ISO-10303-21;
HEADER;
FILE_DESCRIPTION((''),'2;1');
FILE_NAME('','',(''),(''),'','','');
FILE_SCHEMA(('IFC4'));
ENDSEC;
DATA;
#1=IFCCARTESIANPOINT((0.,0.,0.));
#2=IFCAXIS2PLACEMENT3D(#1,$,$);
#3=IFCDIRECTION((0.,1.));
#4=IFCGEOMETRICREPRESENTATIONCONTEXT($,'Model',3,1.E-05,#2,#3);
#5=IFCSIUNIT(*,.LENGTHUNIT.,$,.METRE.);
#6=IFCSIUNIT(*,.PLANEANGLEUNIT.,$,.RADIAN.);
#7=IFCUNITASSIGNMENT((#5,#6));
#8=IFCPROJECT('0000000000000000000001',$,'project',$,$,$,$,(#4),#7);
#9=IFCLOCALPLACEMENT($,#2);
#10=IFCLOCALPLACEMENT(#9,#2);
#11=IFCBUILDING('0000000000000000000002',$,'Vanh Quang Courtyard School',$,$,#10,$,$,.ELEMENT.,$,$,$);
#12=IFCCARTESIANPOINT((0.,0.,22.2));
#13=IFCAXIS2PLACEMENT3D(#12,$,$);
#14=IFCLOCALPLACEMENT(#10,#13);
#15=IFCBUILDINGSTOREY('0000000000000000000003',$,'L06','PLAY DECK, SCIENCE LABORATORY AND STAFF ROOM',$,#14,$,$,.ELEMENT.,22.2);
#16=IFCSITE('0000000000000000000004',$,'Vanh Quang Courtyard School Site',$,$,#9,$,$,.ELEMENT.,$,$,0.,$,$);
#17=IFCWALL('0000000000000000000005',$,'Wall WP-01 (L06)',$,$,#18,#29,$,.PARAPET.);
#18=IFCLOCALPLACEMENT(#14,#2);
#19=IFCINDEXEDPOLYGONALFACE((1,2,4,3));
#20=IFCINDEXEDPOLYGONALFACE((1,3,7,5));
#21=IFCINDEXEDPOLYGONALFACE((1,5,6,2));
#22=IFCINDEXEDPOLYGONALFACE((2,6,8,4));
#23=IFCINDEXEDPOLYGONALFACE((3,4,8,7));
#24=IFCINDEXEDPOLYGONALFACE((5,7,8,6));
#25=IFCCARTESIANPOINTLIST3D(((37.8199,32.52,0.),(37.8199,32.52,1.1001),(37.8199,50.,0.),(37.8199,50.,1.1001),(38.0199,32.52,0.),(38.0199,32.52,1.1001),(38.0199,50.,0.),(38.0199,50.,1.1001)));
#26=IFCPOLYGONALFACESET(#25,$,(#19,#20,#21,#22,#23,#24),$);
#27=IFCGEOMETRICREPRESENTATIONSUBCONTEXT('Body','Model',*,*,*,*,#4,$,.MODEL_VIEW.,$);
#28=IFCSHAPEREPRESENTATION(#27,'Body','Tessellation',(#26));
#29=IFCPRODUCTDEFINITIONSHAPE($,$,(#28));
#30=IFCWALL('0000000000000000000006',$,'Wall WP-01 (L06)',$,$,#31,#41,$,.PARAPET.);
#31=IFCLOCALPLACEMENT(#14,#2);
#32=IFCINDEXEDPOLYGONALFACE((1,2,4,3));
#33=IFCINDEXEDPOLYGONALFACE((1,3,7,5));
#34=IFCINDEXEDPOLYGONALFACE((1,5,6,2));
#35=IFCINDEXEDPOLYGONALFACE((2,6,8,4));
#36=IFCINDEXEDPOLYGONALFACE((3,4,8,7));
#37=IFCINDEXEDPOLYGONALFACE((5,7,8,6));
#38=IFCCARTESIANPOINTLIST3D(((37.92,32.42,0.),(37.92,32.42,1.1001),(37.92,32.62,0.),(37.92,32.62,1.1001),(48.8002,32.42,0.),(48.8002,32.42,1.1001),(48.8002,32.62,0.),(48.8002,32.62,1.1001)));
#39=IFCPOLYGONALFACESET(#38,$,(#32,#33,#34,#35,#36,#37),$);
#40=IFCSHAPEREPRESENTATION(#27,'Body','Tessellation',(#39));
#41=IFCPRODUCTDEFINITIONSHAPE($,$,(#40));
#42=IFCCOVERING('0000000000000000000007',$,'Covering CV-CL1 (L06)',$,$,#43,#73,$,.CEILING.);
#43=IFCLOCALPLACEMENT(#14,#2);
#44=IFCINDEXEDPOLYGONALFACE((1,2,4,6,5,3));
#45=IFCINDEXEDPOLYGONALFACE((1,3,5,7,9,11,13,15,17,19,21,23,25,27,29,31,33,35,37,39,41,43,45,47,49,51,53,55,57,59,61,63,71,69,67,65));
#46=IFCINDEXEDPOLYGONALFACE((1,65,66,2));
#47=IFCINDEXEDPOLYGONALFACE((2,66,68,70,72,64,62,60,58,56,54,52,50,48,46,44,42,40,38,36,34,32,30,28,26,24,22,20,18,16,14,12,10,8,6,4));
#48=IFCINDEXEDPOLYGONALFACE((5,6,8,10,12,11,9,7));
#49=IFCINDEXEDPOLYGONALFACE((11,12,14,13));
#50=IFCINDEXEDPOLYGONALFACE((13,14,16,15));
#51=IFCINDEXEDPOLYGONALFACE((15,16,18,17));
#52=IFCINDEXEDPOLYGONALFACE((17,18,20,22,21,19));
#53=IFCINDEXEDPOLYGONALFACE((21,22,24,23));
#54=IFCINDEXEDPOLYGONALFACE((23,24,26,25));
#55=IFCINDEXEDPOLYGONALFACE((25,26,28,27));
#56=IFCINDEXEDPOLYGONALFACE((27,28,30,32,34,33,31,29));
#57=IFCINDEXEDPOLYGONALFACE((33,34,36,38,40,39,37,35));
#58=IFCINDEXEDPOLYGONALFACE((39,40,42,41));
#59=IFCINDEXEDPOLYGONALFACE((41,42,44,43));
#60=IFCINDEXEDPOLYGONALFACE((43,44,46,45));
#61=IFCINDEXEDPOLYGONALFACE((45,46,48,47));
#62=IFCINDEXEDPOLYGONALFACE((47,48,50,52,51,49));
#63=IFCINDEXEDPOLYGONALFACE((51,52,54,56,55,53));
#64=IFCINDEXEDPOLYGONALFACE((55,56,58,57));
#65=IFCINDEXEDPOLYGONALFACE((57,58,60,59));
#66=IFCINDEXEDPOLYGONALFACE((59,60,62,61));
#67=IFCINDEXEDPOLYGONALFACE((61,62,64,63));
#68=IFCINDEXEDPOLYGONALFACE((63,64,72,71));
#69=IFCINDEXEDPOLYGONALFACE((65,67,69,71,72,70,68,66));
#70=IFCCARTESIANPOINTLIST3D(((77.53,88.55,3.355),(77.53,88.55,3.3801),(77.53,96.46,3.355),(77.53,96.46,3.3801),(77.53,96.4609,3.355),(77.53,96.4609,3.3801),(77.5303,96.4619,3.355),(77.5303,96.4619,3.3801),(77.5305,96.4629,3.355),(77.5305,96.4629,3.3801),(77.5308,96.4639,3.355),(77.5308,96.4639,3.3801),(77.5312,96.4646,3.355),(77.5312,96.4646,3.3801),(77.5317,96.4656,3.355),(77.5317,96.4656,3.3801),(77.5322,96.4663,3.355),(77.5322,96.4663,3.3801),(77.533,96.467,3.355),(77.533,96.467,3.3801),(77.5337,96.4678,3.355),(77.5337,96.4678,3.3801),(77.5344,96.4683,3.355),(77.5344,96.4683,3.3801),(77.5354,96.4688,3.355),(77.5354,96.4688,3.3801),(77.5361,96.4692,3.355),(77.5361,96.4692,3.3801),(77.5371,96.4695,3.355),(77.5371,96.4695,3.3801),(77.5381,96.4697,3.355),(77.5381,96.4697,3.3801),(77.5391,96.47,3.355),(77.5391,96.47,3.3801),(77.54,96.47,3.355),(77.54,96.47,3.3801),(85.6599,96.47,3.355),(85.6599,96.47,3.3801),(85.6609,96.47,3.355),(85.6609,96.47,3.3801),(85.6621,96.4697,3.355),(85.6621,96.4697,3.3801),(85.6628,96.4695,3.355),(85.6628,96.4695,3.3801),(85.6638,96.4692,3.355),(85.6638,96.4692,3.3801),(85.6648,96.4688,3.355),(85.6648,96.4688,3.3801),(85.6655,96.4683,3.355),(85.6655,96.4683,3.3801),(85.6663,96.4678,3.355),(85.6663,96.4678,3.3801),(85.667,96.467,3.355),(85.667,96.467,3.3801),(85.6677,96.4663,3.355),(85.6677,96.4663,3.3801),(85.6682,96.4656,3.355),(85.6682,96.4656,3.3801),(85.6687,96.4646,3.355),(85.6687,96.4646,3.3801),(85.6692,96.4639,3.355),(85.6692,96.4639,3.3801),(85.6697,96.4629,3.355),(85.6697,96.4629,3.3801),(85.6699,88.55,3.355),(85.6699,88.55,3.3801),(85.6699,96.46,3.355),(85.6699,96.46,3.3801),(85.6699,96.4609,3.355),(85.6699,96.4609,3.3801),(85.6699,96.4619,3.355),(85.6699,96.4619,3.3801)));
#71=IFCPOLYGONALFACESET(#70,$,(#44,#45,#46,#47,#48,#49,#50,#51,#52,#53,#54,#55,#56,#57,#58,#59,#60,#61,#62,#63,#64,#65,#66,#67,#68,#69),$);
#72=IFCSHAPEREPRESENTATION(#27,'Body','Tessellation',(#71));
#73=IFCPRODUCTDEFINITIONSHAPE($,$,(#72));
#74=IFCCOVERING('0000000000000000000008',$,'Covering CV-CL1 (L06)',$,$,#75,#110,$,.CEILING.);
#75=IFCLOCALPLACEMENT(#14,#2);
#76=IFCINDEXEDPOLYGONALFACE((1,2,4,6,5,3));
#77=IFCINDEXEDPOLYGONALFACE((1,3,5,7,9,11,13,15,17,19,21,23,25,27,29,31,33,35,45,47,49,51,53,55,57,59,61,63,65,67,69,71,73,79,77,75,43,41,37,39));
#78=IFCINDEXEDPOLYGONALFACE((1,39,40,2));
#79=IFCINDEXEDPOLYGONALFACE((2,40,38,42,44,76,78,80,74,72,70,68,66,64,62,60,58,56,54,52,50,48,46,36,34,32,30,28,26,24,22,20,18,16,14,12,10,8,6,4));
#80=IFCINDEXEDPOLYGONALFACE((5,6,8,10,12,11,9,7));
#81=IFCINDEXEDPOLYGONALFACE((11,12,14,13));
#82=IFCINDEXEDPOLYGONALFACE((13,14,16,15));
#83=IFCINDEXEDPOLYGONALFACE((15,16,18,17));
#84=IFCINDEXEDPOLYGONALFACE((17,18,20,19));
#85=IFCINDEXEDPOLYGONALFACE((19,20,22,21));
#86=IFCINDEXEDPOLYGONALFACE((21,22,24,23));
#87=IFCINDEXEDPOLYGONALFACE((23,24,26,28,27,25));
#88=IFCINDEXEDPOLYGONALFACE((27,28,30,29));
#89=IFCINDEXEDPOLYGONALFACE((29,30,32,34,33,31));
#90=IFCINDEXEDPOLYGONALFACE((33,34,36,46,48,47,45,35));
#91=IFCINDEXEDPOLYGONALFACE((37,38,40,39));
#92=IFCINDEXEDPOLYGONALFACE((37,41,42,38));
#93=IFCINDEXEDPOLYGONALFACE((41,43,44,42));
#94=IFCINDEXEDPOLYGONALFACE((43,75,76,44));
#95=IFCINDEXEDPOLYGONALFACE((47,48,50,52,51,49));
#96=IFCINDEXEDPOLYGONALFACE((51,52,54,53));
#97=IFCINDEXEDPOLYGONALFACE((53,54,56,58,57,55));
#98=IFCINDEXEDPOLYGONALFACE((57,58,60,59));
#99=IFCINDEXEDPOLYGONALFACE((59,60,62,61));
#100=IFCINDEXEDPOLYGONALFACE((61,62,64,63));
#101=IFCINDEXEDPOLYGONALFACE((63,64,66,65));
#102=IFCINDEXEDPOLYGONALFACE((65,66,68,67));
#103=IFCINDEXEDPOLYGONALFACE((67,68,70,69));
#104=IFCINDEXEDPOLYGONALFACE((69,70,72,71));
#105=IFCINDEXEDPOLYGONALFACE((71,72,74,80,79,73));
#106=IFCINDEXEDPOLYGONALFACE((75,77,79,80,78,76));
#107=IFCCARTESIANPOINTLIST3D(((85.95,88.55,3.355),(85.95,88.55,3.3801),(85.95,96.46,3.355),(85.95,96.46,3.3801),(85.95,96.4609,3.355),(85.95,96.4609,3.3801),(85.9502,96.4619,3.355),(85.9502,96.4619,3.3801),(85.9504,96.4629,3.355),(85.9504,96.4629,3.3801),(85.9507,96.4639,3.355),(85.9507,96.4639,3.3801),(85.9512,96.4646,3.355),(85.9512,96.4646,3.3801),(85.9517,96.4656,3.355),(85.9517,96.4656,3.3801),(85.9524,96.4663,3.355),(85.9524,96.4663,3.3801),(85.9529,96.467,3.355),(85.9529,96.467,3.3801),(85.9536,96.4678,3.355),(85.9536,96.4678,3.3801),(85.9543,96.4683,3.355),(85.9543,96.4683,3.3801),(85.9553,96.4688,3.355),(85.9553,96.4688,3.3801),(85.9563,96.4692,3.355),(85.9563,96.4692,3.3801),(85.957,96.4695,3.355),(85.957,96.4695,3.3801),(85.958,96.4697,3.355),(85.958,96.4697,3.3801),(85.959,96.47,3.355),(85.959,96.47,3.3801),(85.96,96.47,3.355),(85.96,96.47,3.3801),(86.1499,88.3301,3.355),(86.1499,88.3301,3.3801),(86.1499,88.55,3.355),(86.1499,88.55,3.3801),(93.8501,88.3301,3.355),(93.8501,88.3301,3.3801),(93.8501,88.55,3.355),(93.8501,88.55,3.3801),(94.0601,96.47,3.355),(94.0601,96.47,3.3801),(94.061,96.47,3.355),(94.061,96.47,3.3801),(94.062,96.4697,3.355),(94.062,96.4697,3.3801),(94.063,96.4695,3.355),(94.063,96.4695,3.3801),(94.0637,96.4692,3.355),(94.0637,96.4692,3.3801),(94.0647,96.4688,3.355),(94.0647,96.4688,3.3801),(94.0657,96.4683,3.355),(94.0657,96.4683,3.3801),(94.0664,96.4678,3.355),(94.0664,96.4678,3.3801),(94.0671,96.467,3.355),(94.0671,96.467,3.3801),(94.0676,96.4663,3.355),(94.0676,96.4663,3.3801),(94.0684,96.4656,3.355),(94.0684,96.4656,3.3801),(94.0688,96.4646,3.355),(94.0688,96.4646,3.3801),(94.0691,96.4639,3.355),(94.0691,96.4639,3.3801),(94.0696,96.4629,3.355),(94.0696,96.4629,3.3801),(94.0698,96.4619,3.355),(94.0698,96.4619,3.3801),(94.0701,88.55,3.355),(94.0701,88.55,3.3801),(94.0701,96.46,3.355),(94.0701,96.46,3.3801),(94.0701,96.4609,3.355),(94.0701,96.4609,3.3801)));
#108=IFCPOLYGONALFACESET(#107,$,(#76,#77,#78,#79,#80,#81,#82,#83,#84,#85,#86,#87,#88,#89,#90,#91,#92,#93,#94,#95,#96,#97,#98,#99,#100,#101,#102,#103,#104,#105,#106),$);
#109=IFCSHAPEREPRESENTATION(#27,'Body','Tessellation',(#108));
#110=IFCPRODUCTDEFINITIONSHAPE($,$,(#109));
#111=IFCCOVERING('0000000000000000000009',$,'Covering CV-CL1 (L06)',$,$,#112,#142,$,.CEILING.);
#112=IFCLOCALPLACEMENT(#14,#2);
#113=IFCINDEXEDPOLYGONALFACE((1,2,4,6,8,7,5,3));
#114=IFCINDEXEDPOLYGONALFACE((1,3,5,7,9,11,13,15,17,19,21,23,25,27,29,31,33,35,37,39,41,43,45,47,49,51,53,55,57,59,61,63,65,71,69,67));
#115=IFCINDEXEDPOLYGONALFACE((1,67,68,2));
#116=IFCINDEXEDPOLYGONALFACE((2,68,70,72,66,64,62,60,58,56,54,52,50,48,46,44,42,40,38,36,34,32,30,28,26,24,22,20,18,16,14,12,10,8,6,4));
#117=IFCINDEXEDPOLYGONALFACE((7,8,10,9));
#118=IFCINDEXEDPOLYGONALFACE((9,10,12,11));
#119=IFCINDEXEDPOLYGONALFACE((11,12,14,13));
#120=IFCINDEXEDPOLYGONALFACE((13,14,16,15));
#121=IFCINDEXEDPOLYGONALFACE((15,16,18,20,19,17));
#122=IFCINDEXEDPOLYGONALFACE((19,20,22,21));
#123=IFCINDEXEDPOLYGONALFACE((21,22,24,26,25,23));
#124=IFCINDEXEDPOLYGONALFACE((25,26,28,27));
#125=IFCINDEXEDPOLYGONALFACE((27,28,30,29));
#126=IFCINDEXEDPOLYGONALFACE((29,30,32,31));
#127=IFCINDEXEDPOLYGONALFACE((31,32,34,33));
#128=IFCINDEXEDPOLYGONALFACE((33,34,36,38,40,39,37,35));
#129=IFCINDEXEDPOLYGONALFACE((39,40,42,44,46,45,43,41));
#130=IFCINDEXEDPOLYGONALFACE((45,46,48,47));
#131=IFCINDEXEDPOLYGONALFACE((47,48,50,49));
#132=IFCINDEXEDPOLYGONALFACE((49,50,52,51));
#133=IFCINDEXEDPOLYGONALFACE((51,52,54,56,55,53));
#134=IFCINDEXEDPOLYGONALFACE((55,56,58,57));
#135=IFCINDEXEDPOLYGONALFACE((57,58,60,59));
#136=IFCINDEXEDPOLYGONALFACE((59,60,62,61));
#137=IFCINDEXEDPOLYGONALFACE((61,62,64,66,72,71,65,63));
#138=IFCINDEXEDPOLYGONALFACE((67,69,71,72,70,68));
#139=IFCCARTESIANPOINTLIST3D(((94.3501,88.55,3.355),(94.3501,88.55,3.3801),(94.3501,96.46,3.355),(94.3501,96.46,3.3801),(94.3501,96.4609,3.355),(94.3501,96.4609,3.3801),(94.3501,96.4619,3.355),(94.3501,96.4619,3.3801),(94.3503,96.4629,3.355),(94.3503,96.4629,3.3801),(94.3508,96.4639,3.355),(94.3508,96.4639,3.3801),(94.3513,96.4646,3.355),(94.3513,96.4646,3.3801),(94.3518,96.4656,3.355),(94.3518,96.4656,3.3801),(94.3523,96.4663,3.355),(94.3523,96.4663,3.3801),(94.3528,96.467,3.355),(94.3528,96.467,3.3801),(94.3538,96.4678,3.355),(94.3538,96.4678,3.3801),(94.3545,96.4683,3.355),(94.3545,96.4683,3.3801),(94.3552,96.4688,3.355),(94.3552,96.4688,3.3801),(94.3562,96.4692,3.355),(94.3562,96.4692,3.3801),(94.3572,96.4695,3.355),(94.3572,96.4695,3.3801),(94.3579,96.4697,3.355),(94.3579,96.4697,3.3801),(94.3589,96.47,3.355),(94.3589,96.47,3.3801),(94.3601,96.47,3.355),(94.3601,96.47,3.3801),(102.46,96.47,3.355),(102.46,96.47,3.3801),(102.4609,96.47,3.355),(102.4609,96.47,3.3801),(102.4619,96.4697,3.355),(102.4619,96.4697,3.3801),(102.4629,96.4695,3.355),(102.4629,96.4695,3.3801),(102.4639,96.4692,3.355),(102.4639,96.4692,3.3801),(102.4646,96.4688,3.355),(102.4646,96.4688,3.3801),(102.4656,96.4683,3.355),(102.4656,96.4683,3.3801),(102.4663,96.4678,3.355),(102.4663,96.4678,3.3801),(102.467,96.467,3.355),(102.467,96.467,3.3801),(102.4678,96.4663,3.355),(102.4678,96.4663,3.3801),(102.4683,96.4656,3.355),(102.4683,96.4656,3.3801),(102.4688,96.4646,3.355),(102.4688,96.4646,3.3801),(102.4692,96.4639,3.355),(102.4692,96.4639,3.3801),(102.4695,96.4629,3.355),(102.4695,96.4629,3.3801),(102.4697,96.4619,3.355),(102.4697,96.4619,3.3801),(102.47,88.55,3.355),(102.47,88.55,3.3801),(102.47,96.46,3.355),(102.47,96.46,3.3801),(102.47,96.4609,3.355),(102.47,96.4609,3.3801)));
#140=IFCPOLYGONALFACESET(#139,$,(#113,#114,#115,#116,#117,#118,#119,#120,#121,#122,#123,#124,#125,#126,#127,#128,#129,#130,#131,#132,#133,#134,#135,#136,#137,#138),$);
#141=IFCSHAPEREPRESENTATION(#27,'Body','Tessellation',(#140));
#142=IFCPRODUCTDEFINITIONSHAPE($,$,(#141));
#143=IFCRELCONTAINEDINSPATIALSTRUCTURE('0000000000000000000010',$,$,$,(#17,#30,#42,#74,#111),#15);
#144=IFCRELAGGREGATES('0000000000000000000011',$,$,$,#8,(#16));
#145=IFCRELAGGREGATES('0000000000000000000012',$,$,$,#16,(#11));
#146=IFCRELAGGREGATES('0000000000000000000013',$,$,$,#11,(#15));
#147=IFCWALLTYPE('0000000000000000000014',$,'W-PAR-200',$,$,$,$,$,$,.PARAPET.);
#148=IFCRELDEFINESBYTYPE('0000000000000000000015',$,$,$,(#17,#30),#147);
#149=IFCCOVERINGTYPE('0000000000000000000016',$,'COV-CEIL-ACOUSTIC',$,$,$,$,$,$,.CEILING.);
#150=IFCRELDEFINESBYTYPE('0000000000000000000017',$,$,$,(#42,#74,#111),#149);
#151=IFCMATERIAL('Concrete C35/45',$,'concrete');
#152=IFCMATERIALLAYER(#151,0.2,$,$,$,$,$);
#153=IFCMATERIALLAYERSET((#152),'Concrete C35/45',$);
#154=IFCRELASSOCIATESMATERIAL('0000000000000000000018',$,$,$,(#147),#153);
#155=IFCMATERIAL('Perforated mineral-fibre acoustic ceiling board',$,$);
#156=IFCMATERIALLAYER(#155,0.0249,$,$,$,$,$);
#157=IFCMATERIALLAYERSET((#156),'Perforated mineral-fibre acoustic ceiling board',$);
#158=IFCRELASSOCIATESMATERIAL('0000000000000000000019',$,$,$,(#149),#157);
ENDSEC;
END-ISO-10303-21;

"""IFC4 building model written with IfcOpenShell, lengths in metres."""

from ifc_helpers import new_model, si_unit, direction, frame, frame_2d, origin, place, context, subcontext, project, spatial, polyline, rectangle, outline, extrude, material, layer, layer_set, type_object, element, save


model = new_model("IFC4")

# Units and contexts
model_context = context("Model", 3, precision=1e-05, world=origin(), true_north=direction((0.0, 1.0)))
body_context = subcontext(model_context, "Body", "Model", "MODEL_VIEW")
ifc_project = project(units=[si_unit("LENGTHUNIT", "METRE"), si_unit("PLANEANGLEUNIT", "RADIAN")], contexts=[model_context])

# Site, building, storey
site_placement = place(None, origin())
site = spatial("IfcSite", under=ifc_project, at=site_placement, Name="Vanh Quang Courtyard School Site", CompositionType="ELEMENT", RefElevation=0.0)
building_placement = place(site_placement, origin())
building = spatial("IfcBuilding", under=site, at=building_placement, Name="Vanh Quang Courtyard School", CompositionType="ELEMENT")
storey_placement = place(building_placement, frame((0.0, 0.0, 22.2)))
storey = spatial("IfcBuildingStorey", under=building, at=storey_placement, Name="L06", Description="PLAY DECK, SCIENCE LABORATORY AND STAFF ROOM", CompositionType="ELEMENT", Elevation=22.2)

# Shared definitions
ifc_material_1 = material(Name="Concrete C35/45", Category="concrete")

# Walls
ifc_layer_1 = layer(ifc_material_1, 0.2)
ifc_layer_set_1 = layer_set([ifc_layer_1], Name="Concrete C35/45")
wall_type_1 = type_object("IfcWallType", Name="W-PAR-200", PredefinedType="PARAPET", material=ifc_layer_set_1)
wall_1_placement = place(storey_placement, frame((37.9199, 32.52, 0.0), z_axis=(0.0, 0.0, 1.0), x_axis=(0.0, 1.0, 0.0)))
element("IfcWall", 1, at=wall_1_placement, inside=storey, type_object=wall_type_1, Name="Wall WP-01 (L06)", PredefinedType="PARAPET", context=body_context, shape_type="SweptSolid", body=[
    extrude(rectangle(XDim=17.48, YDim=0.2, at=frame_2d((8.74, 0.0))), origin(), (0.0, 0.0, 1.0), 1.1001),
])
wall_2_placement = place(storey_placement, frame((48.8, 32.52, 0.0), z_axis=(0.0, 0.0, 1.0), x_axis=(-1.0, 0.0, 0.0)))
element("IfcWall", 2, at=wall_2_placement, inside=storey, type_object=wall_type_1, Name="Wall WP-01 (L06)", PredefinedType="PARAPET", context=body_context, shape_type="SweptSolid", body=[
    extrude(rectangle(XDim=10.8801, YDim=0.2, at=frame_2d((5.4399, 0.0))), origin(), (0.0, 0.0, 1.0), 1.1001),
])

# Coverings
ifc_material_2 = material(Name="Perforated mineral-fibre acoustic ceiling board")
ifc_layer_2 = layer(ifc_material_2, 0.0249)
ifc_layer_set_2 = layer_set([ifc_layer_2], Name="Perforated mineral-fibre acoustic ceiling board")
covering_type_1 = type_object("IfcCoveringType", Name="COV-CEIL-ACOUSTIC", PredefinedType="CEILING", material=ifc_layer_set_2)
covering_1_placement = place(storey_placement, frame((0.0, 0.0, 3.355)))
element("IfcCovering", 3, at=covering_1_placement, inside=storey, type_object=covering_type_1, Name="Covering CV-CL1 (L06)", PredefinedType="CEILING", context=body_context, shape_type="SweptSolid", body=[
    extrude(outline(polyline([(85.6599, 96.47), (85.6609, 96.47), (85.6621, 96.4697), (85.6628, 96.4695), (85.6638, 96.4692), (85.6648, 96.4688), (85.6655, 96.4683), (85.6663, 96.4678), (85.667, 96.467), (85.6677, 96.4663), (85.6682, 96.4656), (85.6687, 96.4646), (85.6692, 96.4639), (85.6697, 96.4629), (85.6699, 96.4619), (85.6699, 96.4609), (85.6699, 96.46), (85.6699, 88.55), (77.53, 88.55), (77.53, 96.46), (77.53, 96.4609), (77.5303, 96.4619), (77.5305, 96.4629), (77.5308, 96.4639), (77.5312, 96.4646), (77.5317, 96.4656), (77.5322, 96.4663), (77.533, 96.467), (77.5337, 96.4678), (77.5344, 96.4683), (77.5354, 96.4688), (77.5361, 96.4692), (77.5371, 96.4695), (77.5381, 96.4697), (77.5391, 96.47), (77.54, 96.47), (85.6599, 96.47)])), origin(), (0.0, 0.0, 1.0), 0.0251),
])
covering_2_placement = place(storey_placement, frame((0.0, 0.0, 3.355)))
element("IfcCovering", 4, at=covering_2_placement, inside=storey, type_object=covering_type_1, Name="Covering CV-CL1 (L06)", PredefinedType="CEILING", context=body_context, shape_type="SweptSolid", body=[
    extrude(outline(polyline([(86.1499, 88.3301), (86.1499, 88.55), (85.95, 88.55), (85.95, 96.46), (85.95, 96.4609), (85.9502, 96.4619), (85.9504, 96.4629), (85.9507, 96.4639), (85.9512, 96.4646), (85.9517, 96.4656), (85.9524, 96.4663), (85.9529, 96.467), (85.9536, 96.4678), (85.9543, 96.4683), (85.9553, 96.4688), (85.9563, 96.4692), (85.957, 96.4695), (85.958, 96.4697), (85.959, 96.47), (85.96, 96.47), (94.0601, 96.47), (94.061, 96.47), (94.062, 96.4697), (94.063, 96.4695), (94.0637, 96.4692), (94.0647, 96.4688), (94.0657, 96.4683), (94.0664, 96.4678), (94.0671, 96.467), (94.0676, 96.4663), (94.0684, 96.4656), (94.0688, 96.4646), (94.0691, 96.4639), (94.0696, 96.4629), (94.0698, 96.4619), (94.0701, 96.4609), (94.0701, 96.46), (94.0701, 88.55), (93.8501, 88.55), (93.8501, 88.3301), (86.1499, 88.3301)])), origin(), (0.0, 0.0, 1.0), 0.0251),
])
covering_3_placement = place(storey_placement, frame((0.0, 0.0, 3.355)))
element("IfcCovering", 5, at=covering_3_placement, inside=storey, type_object=covering_type_1, Name="Covering CV-CL1 (L06)", PredefinedType="CEILING", context=body_context, shape_type="SweptSolid", body=[
    extrude(outline(polyline([(94.3501, 96.46), (94.3501, 96.4609), (94.3501, 96.4619), (94.3503, 96.4629), (94.3508, 96.4639), (94.3513, 96.4646), (94.3518, 96.4656), (94.3523, 96.4663), (94.3528, 96.467), (94.3538, 96.4678), (94.3545, 96.4683), (94.3552, 96.4688), (94.3562, 96.4692), (94.3572, 96.4695), (94.3579, 96.4697), (94.3589, 96.47), (94.3601, 96.47), (102.46, 96.47), (102.4609, 96.47), (102.4619, 96.4697), (102.4629, 96.4695), (102.4639, 96.4692), (102.4646, 96.4688), (102.4656, 96.4683), (102.4663, 96.4678), (102.467, 96.467), (102.4678, 96.4663), (102.4683, 96.4656), (102.4688, 96.4646), (102.4692, 96.4639), (102.4695, 96.4629), (102.4697, 96.4619), (102.47, 96.4609), (102.47, 96.46), (102.47, 88.55), (94.3501, 88.55), (94.3501, 96.46)])), origin(), (0.0, 0.0, 1.0), 0.0251),
])

save(model, "model.ifc")
